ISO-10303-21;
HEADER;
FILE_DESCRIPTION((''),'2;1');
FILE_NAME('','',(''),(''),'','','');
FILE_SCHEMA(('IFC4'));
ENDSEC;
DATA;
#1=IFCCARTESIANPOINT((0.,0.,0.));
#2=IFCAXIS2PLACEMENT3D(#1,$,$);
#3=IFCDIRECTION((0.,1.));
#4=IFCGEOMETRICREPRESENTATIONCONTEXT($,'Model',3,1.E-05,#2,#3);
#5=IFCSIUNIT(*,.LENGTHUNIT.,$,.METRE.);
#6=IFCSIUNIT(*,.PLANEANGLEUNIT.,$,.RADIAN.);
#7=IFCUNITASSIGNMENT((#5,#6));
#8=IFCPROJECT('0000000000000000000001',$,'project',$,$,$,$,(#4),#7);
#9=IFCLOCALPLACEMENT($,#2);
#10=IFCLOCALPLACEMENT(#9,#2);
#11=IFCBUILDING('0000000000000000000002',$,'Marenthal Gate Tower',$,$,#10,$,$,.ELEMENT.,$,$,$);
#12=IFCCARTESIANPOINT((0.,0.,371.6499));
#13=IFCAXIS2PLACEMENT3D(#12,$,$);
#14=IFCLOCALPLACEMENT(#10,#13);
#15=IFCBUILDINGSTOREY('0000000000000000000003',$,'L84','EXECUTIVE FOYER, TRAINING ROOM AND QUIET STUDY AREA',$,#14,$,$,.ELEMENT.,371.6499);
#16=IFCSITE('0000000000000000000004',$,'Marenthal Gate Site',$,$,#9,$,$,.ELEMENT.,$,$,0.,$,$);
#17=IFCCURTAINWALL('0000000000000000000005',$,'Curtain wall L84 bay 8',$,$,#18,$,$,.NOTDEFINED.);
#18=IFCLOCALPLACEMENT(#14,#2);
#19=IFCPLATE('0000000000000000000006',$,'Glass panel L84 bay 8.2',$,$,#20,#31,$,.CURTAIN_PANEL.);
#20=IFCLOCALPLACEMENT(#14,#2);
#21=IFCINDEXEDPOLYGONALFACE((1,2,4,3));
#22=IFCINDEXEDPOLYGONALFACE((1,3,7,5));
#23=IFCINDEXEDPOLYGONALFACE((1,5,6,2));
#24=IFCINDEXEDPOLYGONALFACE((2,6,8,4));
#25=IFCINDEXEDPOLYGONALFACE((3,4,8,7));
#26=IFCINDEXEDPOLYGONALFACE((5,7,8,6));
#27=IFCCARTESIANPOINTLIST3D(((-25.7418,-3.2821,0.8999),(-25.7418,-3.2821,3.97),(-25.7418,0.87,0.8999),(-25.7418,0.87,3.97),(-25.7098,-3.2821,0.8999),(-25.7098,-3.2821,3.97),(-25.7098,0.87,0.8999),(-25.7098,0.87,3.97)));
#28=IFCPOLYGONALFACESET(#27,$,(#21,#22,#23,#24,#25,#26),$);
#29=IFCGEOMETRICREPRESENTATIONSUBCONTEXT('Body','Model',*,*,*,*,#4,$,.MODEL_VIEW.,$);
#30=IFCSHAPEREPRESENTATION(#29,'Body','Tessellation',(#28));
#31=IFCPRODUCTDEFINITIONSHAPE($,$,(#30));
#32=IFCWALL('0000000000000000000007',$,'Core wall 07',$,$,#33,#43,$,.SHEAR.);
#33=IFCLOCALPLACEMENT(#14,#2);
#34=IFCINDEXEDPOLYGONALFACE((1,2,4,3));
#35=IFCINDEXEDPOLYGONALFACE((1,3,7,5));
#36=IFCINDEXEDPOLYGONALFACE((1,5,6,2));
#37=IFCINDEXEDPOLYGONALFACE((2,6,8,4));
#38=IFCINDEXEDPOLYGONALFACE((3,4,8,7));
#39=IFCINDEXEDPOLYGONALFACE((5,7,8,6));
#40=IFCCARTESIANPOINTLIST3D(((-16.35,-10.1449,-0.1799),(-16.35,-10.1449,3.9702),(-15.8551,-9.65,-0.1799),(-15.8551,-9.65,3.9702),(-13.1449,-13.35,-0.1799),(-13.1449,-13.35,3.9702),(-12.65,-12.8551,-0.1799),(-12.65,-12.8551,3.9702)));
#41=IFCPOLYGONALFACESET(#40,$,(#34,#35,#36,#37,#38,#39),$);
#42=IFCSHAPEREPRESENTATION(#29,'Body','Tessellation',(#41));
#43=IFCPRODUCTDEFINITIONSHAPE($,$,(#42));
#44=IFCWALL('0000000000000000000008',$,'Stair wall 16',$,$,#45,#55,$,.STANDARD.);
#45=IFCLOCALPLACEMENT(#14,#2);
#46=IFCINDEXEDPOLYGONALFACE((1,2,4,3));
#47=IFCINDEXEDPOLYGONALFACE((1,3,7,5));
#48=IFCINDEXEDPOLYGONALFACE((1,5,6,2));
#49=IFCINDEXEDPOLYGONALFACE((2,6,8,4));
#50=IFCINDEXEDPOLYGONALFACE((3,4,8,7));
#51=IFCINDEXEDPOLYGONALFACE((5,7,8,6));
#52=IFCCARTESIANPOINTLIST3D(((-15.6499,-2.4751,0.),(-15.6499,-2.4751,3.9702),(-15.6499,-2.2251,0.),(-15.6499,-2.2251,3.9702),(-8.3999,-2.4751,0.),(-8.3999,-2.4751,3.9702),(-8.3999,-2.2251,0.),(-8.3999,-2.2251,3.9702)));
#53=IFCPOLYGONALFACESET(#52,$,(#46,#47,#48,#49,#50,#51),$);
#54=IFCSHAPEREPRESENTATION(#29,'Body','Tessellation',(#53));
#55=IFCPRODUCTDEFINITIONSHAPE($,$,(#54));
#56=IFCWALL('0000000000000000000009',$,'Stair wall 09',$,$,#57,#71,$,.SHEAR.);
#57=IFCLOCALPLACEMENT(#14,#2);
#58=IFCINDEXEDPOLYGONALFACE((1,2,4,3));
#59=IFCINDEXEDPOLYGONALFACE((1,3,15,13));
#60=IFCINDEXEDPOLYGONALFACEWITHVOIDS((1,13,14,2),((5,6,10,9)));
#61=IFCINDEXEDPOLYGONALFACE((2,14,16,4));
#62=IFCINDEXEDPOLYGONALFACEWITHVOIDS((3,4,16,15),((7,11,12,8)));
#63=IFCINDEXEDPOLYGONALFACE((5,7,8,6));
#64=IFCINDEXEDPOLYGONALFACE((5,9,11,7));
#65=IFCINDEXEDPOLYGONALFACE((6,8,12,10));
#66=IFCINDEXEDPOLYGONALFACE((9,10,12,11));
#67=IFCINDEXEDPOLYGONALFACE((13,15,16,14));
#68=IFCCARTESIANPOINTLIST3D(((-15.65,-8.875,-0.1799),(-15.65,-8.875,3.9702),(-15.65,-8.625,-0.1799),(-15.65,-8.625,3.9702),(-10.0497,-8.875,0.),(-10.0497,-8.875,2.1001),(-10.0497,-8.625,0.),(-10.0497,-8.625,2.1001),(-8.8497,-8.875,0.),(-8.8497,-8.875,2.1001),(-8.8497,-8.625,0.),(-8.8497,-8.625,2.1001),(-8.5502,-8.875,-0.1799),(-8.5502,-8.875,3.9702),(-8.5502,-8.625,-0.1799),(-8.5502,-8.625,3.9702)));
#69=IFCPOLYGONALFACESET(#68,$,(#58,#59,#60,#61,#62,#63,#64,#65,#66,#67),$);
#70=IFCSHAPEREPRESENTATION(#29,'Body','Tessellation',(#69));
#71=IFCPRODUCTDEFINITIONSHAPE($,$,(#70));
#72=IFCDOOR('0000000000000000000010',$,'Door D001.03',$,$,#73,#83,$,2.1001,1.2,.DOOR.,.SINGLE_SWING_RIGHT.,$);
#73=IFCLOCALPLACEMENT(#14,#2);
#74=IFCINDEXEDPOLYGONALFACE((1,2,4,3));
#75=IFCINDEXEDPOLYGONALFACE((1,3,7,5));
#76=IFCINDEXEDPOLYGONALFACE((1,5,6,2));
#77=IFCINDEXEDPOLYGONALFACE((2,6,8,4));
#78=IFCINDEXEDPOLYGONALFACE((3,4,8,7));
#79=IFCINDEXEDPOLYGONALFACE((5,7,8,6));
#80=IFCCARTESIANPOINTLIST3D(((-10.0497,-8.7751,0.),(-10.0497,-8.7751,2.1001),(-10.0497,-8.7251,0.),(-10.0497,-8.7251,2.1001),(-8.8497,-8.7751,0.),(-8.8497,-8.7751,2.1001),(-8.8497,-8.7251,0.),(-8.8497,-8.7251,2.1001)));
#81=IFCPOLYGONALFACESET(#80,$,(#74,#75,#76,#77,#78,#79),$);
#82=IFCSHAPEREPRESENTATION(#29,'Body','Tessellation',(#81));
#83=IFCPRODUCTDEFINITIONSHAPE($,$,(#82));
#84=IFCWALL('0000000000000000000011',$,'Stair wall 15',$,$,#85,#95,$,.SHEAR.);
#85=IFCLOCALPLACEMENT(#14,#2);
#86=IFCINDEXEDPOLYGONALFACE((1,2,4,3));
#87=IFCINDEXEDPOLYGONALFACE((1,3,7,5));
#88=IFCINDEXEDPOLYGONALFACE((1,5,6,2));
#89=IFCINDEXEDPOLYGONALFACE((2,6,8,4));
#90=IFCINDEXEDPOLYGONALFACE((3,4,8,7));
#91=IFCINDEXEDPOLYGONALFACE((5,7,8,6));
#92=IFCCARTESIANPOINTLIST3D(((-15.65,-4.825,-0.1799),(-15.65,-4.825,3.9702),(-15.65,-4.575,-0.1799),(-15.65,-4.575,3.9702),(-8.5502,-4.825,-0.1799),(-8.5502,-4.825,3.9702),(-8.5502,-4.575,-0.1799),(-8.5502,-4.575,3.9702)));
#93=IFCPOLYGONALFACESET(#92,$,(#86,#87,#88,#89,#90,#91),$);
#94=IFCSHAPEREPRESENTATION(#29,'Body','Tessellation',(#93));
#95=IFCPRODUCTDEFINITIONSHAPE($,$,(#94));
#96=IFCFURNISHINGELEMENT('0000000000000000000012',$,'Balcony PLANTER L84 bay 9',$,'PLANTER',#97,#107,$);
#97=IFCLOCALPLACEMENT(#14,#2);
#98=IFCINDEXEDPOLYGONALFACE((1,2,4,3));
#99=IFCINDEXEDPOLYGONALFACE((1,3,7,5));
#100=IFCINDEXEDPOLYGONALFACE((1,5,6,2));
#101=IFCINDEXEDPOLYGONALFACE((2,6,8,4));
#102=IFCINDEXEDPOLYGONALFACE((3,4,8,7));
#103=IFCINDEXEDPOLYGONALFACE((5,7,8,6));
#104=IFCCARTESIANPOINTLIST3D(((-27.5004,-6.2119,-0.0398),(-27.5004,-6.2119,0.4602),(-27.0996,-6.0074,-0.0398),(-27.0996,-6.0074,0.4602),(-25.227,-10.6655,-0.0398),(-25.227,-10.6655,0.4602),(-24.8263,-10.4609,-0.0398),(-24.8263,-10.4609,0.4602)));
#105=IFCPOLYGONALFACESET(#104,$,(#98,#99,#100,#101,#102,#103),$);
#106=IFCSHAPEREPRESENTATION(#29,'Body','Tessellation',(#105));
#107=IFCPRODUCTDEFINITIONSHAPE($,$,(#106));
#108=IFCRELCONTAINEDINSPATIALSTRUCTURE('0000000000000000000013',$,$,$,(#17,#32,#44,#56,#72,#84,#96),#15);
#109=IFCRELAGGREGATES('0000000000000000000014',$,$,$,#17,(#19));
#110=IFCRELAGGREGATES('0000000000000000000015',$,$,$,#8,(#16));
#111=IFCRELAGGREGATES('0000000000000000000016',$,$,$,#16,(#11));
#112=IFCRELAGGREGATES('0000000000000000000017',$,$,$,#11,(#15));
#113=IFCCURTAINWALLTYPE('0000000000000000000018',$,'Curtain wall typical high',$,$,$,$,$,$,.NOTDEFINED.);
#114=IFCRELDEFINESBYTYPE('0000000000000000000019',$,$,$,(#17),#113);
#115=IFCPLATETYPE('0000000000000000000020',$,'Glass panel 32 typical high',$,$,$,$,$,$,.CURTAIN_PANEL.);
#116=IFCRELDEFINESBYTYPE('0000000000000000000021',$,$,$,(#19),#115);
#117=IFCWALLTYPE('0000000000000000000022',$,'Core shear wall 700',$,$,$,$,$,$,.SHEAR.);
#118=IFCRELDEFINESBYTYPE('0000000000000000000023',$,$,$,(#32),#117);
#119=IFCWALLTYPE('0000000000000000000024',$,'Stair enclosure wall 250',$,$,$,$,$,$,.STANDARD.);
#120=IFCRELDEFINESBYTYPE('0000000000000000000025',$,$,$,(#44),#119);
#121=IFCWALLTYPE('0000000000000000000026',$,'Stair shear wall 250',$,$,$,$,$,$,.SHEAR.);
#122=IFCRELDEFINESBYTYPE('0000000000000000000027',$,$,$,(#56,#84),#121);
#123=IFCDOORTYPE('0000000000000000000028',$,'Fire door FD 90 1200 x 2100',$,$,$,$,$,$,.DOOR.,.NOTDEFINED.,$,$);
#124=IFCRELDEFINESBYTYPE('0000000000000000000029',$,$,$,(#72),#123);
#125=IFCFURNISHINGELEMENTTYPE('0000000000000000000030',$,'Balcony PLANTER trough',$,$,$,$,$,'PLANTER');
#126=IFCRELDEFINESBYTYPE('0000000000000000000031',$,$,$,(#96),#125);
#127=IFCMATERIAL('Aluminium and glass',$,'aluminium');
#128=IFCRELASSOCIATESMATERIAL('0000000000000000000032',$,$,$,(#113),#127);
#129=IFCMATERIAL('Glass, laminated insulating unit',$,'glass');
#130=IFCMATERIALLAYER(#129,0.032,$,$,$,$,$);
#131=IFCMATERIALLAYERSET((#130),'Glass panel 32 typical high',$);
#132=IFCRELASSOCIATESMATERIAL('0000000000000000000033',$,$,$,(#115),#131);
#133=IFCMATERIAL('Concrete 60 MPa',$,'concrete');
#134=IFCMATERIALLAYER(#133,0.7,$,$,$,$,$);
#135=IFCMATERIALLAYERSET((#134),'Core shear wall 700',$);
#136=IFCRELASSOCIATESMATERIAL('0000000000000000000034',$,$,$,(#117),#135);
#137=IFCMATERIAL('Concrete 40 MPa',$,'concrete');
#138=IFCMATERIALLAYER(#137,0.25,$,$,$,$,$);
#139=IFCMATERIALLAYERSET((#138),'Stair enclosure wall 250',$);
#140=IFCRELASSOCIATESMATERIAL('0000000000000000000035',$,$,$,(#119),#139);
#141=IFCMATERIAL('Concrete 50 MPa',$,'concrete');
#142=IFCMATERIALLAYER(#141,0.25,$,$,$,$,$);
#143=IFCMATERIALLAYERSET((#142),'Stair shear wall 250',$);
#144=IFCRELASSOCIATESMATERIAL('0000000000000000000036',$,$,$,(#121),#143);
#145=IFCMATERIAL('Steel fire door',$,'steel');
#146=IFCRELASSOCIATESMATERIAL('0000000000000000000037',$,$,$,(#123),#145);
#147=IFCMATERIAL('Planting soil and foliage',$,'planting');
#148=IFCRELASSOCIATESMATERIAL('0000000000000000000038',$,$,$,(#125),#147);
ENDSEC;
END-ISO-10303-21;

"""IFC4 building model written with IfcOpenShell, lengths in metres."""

from ifc_helpers import new_model, si_unit, direction, frame, frame_2d, origin, origin_2d, place, context, subcontext, project, spatial, rectangle, extrude, material, layer, layer_set, type_object, element, fill, aggregate, save


model = new_model("IFC4")

# Units and contexts
model_context = context("Model", 3, precision=1e-05, world=origin(), true_north=direction((0.0, 1.0)))
body_context = subcontext(model_context, "Body", "Model", "MODEL_VIEW")
ifc_project = project(units=[si_unit("LENGTHUNIT", "METRE"), si_unit("PLANEANGLEUNIT", "RADIAN")], contexts=[model_context])

# Site, building, storey
site_placement = place(None, origin())
site = spatial("IfcSite", under=ifc_project, at=site_placement, Name="Marenthal Gate Site", CompositionType="ELEMENT", RefElevation=0.0)
building_placement = place(site_placement, origin())
building = spatial("IfcBuilding", under=site, at=building_placement, Name="Marenthal Gate Tower", CompositionType="ELEMENT")
storey_placement = place(building_placement, frame((0.0, 0.0, 371.6499)))
storey = spatial("IfcBuildingStorey", under=building, at=storey_placement, Name="L84", Description="EXECUTIVE FOYER, TRAINING ROOM AND QUIET STUDY AREA", CompositionType="ELEMENT", Elevation=371.6499)

# Curtain wall
ifc_material_1 = material(Name="Aluminium and glass", Category="aluminium")
curtain_wall_type = type_object("IfcCurtainWallType", Name="Curtain wall typical high", PredefinedType="NOTDEFINED", material=ifc_material_1)
curtain_wall_placement = place(storey_placement, origin())
curtain_wall = element("IfcCurtainWall", 1, at=curtain_wall_placement, inside=storey, type_object=curtain_wall_type, Name="Curtain wall L84 bay 8", PredefinedType="NOTDEFINED")

# Plate
ifc_material_2 = material(Name="Glass, laminated insulating unit", Category="glass")
ifc_layer_1 = layer(ifc_material_2, 0.032)
ifc_layer_set_1 = layer_set([ifc_layer_1], Name="Glass panel 32 typical high")
plate_type = type_object("IfcPlateType", Name="Glass panel 32 typical high", PredefinedType="CURTAIN_PANEL", material=ifc_layer_set_1)
plate_placement = place(storey_placement, frame((-25.7258, -1.2061, 0.8999), z_axis=(0.0, 0.0, 1.0), x_axis=(0.0, -1.0, 0.0)))
plate = element("IfcPlate", 2, at=plate_placement, type_object=plate_type, Name="Glass panel L84 bay 8.2", PredefinedType="CURTAIN_PANEL", context=body_context, shape_type="SweptSolid", body=[
    extrude(rectangle(XDim=4.1521, YDim=0.032, at=origin_2d()), origin(), (0.0, 0.0, 1.0), 3.0701),
])
aggregate(curtain_wall, [plate])

# Walls
ifc_material_3 = material(Name="Concrete 60 MPa", Category="concrete")
ifc_layer_2 = layer(ifc_material_3, 0.7)
ifc_layer_set_2 = layer_set([ifc_layer_2], Name="Core shear wall 700")
wall_type_1 = type_object("IfcWallType", Name="Core shear wall 700", PredefinedType="SHEAR", material=ifc_layer_set_2)
wall_1_placement = place(storey_placement, frame((-16.1025, -9.8975, -0.1799), z_axis=(0.0, 0.0, 1.0), x_axis=(0.707107, -0.707107, 0.0)))
element("IfcWall", 3, at=wall_1_placement, inside=storey, type_object=wall_type_1, Name="Core wall 07", PredefinedType="SHEAR", context=body_context, shape_type="SweptSolid", body=[
    extrude(rectangle(XDim=4.5327, YDim=0.7, at=frame_2d((2.2664, 0.0))), origin(), (0.0, 0.0, 1.0), 4.1501),
])
ifc_material_4 = material(Name="Concrete 40 MPa", Category="concrete")
ifc_layer_3 = layer(ifc_material_4, 0.25)
ifc_layer_set_3 = layer_set([ifc_layer_3], Name="Stair enclosure wall 250")
wall_type_2 = type_object("IfcWallType", Name="Stair enclosure wall 250", PredefinedType="STANDARD", material=ifc_layer_set_3)
wall_2_placement = place(storey_placement, frame((-15.6499, -2.3501, 0.0), z_axis=(0.0, 0.0, 1.0), x_axis=(1.0, 0.0, 0.0)))
element("IfcWall", 4, at=wall_2_placement, inside=storey, type_object=wall_type_2, Name="Stair wall 16", PredefinedType="STANDARD", context=body_context, shape_type="SweptSolid", body=[
    extrude(rectangle(XDim=7.25, YDim=0.25, at=frame_2d((3.625, 0.0))), origin(), (0.0, 0.0, 1.0), 3.9702),
])

# Wall, opening, door
ifc_material_5 = material(Name="Concrete 50 MPa", Category="concrete")
ifc_layer_4 = layer(ifc_material_5, 0.25)
ifc_layer_set_4 = layer_set([ifc_layer_4], Name="Stair shear wall 250")
wall_type_3 = type_object("IfcWallType", Name="Stair shear wall 250", PredefinedType="SHEAR", material=ifc_layer_set_4)
wall_3_placement = place(storey_placement, frame((-15.6499, -8.75, -0.1799), z_axis=(0.0, 0.0, 1.0), x_axis=(1.0, 0.0, 0.0)))
wall_3 = element("IfcWall", 5, at=wall_3_placement, inside=storey, type_object=wall_type_3, Name="Stair wall 09", PredefinedType="SHEAR", context=body_context, shape_type="SweptSolid", body=[
    extrude(rectangle(XDim=7.0999, YDim=0.25, at=frame_2d((3.5498, 0.0))), origin(), (0.0, 0.0, 1.0), 4.1501),
])
opening_1_placement = place(wall_3_placement, frame((5.6001, 0.0, 0.1799)))
opening_1 = element("IfcOpeningElement", 6, at=opening_1_placement, cuts=wall_3, PredefinedType="OPENING", context=body_context, shape_type="SweptSolid", body=[
    extrude(rectangle(XDim=1.2, YDim=2.1001, at=frame_2d((0.6001, 1.05))), frame((0.0, 0.135, 0.0), z_axis=(0.0, -1.0, 0.0), x_axis=(1.0, 0.0, 0.0)), (0.0, 0.0, 1.0), 0.27),
])
ifc_material_6 = material(Name="Steel fire door", Category="steel")
door_type_1 = type_object("IfcDoorType", Name="Fire door FD 90 1200 x 2100", OperationType="NOTDEFINED", PredefinedType="DOOR", material=ifc_material_6)
door_1_placement = place(opening_1_placement, origin())
door_1 = element("IfcDoor", 7, at=door_1_placement, inside=storey, type_object=door_type_1, Name="Door D001.03", OperationType="SINGLE_SWING_RIGHT", OverallHeight=2.1001, OverallWidth=1.2, PredefinedType="DOOR", context=body_context, shape_type="SweptSolid", body=[
    extrude(rectangle(XDim=1.2, YDim=2.1001, at=frame_2d((0.6001, 1.05))), frame((0.0, 0.0249, 0.0), z_axis=(0.0, -1.0, 0.0), x_axis=(1.0, 0.0, 0.0)), (0.0, 0.0, 1.0), 0.05),
])
fill(opening_1, door_1)

# Wall
wall_4_placement = place(storey_placement, frame((-15.6499, -4.7, -0.1799), z_axis=(0.0, 0.0, 1.0), x_axis=(1.0, 0.0, 0.0)))
element("IfcWall", 8, at=wall_4_placement, inside=storey, type_object=wall_type_3, Name="Stair wall 15", PredefinedType="SHEAR", context=body_context, shape_type="SweptSolid", body=[
    extrude(rectangle(XDim=7.0999, YDim=0.25, at=frame_2d((3.5498, 0.0))), origin(), (0.0, 0.0, 1.0), 4.1501),
])

# Furnishing element
ifc_material_7 = material(Name="Planting soil and foliage", Category="planting")
furnishing_element_type = type_object("IfcFurnishingElementType", Name="Balcony PLANTER trough", ElementType="PLANTER", material=ifc_material_7)
furnishing_placement = place(storey_placement, frame((-26.1633, -8.3364, -0.0398), z_axis=(0.0, 0.0, 1.0), x_axis=(0.454654, -0.890668, 0.0)))
element("IfcFurnishingElement", 9, at=furnishing_placement, inside=storey, type_object=furnishing_element_type, Name="Balcony PLANTER L84 bay 9", ObjectType="PLANTER", context=body_context, shape_type="SweptSolid", body=[
    extrude(rectangle(XDim=5.0002, YDim=0.45, at=origin_2d()), origin(), (0.0, 0.0, 1.0), 0.5),
])

save(model, "model.ifc")
